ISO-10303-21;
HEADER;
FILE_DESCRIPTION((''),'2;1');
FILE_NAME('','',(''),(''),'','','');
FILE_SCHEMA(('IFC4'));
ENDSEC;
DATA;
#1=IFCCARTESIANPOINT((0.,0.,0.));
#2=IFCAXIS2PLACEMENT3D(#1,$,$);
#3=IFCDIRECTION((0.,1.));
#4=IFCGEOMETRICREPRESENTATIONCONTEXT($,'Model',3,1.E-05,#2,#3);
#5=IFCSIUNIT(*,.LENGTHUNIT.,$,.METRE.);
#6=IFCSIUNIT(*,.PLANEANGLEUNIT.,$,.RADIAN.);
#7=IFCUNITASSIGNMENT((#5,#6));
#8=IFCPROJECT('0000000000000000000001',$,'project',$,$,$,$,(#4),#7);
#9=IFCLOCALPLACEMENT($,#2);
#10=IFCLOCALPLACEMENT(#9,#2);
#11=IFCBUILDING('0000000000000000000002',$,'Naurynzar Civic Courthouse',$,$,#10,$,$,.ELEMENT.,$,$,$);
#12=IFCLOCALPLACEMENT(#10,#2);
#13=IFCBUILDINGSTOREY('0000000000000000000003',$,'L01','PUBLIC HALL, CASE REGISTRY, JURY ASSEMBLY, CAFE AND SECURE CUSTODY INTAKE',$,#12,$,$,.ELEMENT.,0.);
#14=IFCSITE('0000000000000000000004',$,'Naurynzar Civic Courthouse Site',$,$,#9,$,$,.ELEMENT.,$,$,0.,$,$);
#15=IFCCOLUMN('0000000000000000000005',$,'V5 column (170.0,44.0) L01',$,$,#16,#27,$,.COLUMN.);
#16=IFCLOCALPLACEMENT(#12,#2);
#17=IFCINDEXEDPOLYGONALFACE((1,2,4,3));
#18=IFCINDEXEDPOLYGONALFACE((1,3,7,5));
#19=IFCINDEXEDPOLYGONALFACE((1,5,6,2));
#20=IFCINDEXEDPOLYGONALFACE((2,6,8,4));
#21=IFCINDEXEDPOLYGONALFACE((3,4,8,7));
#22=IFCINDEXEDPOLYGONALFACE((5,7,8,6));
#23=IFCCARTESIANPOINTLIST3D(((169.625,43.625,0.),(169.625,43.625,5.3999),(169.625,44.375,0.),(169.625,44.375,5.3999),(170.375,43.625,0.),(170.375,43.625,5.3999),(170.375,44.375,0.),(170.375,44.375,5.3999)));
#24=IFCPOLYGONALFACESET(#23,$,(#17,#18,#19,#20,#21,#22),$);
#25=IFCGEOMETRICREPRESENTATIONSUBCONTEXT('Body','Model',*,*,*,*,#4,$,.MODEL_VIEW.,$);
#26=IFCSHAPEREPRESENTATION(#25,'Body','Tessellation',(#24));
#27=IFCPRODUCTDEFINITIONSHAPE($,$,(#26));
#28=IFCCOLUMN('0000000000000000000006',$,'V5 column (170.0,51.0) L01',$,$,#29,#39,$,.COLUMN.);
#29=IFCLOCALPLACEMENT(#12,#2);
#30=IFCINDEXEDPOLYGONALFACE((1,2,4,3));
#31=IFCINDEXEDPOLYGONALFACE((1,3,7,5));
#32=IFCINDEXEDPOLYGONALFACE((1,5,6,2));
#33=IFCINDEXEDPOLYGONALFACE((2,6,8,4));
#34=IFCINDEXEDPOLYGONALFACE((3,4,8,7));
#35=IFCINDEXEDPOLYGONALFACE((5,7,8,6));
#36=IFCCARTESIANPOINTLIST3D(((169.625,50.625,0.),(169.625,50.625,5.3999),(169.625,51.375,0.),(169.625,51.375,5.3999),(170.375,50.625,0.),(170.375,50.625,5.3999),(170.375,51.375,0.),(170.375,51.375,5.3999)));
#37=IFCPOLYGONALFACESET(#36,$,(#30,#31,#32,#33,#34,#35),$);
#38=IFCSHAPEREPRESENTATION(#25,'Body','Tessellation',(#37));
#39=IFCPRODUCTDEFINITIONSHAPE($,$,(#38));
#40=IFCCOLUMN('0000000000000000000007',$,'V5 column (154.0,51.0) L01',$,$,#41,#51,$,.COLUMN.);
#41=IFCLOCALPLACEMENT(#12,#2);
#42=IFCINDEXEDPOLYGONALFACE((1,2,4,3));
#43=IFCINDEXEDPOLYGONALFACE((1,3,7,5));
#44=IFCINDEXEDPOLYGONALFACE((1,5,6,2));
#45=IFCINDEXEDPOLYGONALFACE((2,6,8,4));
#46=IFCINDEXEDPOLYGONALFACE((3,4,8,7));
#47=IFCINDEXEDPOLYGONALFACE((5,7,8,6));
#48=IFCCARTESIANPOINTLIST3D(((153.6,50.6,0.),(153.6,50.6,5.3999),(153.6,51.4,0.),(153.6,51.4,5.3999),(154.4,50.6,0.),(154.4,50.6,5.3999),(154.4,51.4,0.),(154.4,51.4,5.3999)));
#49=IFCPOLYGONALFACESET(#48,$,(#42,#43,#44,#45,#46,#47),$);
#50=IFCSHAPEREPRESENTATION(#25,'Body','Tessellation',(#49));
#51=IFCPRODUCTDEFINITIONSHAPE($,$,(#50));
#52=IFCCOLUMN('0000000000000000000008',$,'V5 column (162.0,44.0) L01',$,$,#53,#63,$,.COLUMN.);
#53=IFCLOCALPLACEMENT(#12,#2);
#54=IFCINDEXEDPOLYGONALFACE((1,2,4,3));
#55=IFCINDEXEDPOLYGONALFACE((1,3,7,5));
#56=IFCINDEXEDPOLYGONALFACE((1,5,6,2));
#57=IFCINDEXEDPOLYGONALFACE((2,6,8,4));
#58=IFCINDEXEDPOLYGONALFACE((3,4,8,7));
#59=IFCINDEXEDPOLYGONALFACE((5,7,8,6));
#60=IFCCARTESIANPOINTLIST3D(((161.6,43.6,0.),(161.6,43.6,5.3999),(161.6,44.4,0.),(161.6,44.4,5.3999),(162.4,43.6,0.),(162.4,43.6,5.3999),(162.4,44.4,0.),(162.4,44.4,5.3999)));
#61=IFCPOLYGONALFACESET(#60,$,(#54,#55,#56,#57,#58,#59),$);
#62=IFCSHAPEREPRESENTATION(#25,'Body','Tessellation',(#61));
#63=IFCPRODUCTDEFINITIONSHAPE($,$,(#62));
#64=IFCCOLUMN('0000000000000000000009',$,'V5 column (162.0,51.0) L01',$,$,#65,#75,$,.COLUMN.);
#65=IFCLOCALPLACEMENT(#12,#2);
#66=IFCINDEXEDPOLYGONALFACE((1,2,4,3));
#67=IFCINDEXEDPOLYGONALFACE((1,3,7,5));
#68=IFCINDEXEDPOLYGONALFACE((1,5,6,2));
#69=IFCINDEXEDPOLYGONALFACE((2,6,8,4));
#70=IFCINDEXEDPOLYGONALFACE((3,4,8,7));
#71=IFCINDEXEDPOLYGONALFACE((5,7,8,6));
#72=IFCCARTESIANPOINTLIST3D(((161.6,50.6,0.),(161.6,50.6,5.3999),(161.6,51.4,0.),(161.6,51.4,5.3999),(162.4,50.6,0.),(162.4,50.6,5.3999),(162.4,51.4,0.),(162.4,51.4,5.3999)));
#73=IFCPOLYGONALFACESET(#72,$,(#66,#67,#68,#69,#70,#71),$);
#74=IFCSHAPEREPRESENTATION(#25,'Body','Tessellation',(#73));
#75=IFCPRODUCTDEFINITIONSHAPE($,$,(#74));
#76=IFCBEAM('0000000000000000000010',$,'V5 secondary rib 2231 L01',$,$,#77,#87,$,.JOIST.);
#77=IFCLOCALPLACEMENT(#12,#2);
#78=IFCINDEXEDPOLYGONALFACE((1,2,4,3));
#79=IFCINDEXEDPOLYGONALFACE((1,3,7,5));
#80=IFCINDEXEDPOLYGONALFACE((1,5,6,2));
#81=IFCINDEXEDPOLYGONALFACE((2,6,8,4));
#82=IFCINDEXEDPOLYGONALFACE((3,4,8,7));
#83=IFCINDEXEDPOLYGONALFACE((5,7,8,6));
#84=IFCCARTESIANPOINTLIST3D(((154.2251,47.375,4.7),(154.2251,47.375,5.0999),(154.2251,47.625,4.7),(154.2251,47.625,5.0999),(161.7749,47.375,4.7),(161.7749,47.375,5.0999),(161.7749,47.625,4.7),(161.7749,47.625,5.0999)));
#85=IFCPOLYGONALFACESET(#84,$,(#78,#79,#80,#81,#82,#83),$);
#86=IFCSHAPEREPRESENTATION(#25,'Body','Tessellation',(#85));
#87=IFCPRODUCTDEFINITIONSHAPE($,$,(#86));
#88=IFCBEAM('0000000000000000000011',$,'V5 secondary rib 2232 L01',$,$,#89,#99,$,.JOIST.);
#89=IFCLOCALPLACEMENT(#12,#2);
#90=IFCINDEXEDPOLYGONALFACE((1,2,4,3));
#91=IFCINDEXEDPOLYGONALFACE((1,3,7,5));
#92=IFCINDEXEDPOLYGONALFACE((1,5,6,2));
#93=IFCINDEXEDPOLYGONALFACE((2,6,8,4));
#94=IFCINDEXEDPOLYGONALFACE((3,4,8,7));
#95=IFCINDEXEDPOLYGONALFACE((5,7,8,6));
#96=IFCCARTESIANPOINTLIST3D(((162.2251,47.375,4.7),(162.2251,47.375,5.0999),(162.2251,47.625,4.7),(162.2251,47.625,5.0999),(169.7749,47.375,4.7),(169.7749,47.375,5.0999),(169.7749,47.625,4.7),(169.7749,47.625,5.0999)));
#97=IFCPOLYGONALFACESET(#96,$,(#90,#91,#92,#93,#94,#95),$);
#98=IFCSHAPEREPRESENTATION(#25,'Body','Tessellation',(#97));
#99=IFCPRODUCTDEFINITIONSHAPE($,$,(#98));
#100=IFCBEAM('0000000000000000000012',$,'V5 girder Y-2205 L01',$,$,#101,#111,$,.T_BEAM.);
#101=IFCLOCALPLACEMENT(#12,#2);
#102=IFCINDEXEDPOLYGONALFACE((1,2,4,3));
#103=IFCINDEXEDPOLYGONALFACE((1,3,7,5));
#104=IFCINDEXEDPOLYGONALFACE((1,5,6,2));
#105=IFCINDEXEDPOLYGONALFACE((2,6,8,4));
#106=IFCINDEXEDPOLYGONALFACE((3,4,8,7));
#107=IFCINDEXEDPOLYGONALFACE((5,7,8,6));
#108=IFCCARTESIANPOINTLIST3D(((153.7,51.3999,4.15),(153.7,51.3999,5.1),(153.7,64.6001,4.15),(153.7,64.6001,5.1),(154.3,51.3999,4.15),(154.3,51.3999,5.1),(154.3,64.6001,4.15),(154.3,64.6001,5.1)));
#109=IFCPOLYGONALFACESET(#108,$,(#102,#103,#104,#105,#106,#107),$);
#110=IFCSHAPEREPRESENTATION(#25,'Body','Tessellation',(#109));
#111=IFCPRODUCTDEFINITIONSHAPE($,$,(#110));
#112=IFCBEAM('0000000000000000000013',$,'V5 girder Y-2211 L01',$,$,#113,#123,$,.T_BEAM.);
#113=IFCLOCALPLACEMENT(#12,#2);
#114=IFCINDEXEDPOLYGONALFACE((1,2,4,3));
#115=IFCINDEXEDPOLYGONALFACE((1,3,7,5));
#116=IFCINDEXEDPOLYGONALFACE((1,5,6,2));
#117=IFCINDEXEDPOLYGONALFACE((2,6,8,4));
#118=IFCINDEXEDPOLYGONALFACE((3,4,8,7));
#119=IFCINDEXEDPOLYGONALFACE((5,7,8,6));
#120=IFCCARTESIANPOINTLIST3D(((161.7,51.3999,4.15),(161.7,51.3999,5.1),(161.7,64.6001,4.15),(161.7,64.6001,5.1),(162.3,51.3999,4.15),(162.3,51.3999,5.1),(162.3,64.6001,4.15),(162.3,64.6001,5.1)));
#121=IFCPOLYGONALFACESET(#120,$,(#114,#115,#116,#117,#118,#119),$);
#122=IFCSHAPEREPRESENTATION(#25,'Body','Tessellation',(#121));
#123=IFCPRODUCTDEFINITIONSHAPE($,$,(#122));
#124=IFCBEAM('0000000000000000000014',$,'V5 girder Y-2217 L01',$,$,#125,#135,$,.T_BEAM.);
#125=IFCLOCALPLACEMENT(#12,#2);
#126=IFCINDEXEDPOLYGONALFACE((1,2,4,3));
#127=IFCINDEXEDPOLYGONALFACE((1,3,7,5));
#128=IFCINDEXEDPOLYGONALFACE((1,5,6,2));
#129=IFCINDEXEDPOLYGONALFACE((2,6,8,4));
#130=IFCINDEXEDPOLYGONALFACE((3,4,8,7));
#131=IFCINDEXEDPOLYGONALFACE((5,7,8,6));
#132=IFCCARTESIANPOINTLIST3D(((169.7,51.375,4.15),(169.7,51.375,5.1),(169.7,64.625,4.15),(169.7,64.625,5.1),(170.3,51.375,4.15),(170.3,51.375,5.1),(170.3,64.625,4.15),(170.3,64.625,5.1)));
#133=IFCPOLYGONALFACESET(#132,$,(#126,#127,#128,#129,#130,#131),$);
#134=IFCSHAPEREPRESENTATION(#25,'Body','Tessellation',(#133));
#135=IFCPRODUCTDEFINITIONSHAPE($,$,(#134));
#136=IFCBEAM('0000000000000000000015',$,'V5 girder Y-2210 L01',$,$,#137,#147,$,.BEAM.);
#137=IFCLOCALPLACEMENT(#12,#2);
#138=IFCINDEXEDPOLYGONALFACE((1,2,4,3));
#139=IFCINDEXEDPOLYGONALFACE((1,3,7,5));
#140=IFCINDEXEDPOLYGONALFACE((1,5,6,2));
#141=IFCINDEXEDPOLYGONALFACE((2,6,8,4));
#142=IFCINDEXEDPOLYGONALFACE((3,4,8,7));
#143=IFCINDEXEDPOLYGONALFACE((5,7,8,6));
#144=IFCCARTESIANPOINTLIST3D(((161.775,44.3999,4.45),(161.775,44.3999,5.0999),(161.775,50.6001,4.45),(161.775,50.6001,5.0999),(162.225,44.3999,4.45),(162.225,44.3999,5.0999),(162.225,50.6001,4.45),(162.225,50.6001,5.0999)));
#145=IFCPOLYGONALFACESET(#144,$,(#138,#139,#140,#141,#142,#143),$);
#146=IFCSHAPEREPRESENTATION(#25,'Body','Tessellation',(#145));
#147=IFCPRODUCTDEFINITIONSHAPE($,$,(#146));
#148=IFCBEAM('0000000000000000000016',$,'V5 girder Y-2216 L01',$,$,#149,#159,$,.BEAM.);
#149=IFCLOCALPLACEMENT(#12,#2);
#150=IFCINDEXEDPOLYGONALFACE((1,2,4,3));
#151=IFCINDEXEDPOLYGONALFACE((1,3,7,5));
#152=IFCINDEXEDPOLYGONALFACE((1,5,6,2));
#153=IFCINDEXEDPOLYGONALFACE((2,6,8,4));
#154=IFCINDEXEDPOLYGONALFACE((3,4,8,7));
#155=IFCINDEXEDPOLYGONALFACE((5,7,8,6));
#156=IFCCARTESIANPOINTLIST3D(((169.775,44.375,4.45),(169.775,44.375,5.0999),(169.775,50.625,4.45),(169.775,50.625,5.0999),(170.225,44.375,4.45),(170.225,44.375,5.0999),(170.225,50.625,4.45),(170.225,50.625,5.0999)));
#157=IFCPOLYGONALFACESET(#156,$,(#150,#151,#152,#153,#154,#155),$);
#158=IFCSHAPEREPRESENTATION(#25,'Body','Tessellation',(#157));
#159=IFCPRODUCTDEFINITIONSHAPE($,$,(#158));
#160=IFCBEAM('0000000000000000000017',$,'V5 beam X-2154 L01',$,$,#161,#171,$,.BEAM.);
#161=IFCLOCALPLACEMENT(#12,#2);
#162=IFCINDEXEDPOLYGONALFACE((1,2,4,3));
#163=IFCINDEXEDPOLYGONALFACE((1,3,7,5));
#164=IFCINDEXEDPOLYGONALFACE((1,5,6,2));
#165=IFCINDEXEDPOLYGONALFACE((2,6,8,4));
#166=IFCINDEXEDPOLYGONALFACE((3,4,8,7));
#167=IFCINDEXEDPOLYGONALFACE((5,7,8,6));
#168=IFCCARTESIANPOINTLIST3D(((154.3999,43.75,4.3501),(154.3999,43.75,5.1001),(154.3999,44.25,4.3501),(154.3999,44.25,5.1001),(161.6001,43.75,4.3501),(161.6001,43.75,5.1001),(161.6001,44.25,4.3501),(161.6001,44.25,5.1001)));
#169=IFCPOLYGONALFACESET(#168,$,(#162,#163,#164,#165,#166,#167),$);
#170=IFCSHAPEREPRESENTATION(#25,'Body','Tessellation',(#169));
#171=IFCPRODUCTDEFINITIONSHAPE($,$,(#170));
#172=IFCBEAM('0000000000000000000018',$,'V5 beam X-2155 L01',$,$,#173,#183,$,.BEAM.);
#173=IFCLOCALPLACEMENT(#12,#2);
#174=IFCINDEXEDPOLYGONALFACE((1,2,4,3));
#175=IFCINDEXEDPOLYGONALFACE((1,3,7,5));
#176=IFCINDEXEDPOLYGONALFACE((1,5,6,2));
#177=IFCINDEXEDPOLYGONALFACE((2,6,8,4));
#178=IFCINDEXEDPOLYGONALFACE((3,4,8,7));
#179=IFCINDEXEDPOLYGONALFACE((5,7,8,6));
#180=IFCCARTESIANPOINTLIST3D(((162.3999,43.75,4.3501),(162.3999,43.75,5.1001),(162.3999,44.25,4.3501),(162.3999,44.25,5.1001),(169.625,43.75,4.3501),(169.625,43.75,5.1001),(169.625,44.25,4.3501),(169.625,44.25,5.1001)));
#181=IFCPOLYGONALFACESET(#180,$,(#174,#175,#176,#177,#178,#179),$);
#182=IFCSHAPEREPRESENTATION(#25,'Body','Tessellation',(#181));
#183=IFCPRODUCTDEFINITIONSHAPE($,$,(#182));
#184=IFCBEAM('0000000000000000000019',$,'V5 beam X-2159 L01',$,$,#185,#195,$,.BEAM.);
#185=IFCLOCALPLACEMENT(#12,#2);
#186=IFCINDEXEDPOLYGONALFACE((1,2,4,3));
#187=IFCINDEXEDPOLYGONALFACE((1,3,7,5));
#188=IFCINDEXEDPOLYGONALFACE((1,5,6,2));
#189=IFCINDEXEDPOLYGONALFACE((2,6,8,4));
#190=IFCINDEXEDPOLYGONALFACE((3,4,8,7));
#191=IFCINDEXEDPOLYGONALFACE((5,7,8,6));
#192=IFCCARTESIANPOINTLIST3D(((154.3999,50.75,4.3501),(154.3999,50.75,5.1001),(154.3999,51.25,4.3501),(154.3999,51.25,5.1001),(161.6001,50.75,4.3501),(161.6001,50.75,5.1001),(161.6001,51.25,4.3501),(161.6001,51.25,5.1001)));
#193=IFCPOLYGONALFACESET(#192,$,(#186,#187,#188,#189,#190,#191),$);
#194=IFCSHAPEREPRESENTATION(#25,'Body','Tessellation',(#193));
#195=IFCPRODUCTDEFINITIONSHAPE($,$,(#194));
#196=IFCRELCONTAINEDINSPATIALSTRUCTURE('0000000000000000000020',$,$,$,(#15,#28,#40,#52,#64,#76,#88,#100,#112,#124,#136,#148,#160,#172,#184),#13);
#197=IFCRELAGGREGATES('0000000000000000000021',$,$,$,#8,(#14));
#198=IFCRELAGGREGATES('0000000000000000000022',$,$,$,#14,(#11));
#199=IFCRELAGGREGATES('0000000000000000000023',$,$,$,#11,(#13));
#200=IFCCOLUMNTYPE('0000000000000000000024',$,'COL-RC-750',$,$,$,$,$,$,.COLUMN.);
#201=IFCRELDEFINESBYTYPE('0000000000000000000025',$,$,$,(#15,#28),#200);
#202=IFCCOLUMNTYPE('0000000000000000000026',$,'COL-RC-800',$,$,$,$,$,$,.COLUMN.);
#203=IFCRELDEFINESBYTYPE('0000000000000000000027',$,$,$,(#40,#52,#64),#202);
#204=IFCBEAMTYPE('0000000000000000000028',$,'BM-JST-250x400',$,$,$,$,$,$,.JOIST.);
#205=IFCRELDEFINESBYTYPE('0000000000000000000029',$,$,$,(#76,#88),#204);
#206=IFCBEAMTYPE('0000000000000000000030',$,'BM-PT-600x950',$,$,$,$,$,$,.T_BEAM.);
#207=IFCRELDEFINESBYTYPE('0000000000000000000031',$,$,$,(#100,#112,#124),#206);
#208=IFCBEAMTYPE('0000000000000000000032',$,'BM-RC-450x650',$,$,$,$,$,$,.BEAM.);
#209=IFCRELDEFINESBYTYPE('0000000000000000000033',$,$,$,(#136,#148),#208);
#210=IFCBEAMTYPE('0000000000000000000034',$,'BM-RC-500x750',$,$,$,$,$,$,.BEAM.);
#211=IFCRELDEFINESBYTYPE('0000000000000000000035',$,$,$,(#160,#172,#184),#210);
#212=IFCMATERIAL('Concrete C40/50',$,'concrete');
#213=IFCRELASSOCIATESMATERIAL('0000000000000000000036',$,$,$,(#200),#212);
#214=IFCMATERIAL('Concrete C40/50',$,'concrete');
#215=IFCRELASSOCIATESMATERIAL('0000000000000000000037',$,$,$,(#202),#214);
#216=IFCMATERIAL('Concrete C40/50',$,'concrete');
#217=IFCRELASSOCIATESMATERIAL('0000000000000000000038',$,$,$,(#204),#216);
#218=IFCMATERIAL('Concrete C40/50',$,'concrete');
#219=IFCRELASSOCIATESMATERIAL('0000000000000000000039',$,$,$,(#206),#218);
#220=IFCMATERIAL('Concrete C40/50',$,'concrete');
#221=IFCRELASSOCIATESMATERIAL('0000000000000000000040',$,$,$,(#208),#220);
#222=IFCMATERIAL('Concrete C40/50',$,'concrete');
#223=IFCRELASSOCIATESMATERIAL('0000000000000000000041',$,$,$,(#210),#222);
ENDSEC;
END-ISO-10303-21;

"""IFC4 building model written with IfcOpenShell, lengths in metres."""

from ifc_helpers import new_model, si_unit, direction, frame, origin, origin_2d, place, context, subcontext, project, spatial, rectangle, extrude, material, material_profile, profile_set, type_object, element, save


model = new_model("IFC4")

# Units and contexts
model_context = context("Model", 3, precision=1e-05, world=origin(), true_north=direction((0.0, 1.0)))
body_context = subcontext(model_context, "Body", "Model", "MODEL_VIEW")
ifc_project = project(units=[si_unit("LENGTHUNIT", "METRE"), si_unit("PLANEANGLEUNIT", "RADIAN")], contexts=[model_context])

# Site, building, storey
site_placement = place(None, origin())
site = spatial("IfcSite", under=ifc_project, at=site_placement, Name="Naurynzar Civic Courthouse Site", CompositionType="ELEMENT", RefElevation=0.0)
building_placement = place(site_placement, origin())
building = spatial("IfcBuilding", under=site, at=building_placement, Name="Naurynzar Civic Courthouse", CompositionType="ELEMENT")
storey_placement = place(building_placement, origin())
storey = spatial("IfcBuildingStorey", under=building, at=storey_placement, Name="L01", Description="PUBLIC HALL, CASE REGISTRY, JURY ASSEMBLY, CAFE AND SECURE CUSTODY INTAKE", CompositionType="ELEMENT", Elevation=0.0)

# Columns
ifc_material_1 = material(Name="Concrete C40/50", Category="concrete")
ifc_material_profile_1 = material_profile(ifc_material_1, rectangle(XDim=0.75, YDim=0.75, at=origin_2d()), Name="RC 750x750")
ifc_profile_set_1 = profile_set([ifc_material_profile_1], Name="Concrete C40/50")
column_type_1 = type_object("IfcColumnType", Name="COL-RC-750", PredefinedType="COLUMN", material=ifc_profile_set_1)
for number, where, z_axis, x_axis, name in (
    (1, (170.0, 44.0, 0.0), (0.0, 0.0, 1.0), (1.0, 0.0, 0.0), "V5 column (170.0,44.0) L01"),
    (2, (170.0, 51.0, 0.0), (0.0, 0.0, 1.0), (1.0, 0.0, 0.0), "V5 column (170.0,51.0) L01"),
):
    element("IfcColumn", number, at=place(storey_placement, frame(where, z_axis=z_axis, x_axis=x_axis)), inside=storey, type_object=column_type_1, Name=name, PredefinedType="COLUMN", context=body_context, shape_type="SweptSolid", body=[
        extrude(rectangle(XDim=0.75, YDim=0.75, at=origin_2d()), origin(), (0.0, 0.0, 1.0), 5.3999),
    ])
ifc_material_2 = material(Name="Concrete C40/50", Category="concrete")
ifc_material_profile_2 = material_profile(ifc_material_2, rectangle(XDim=0.8, YDim=0.8, at=origin_2d()), Name="RC 800x800")
ifc_profile_set_2 = profile_set([ifc_material_profile_2], Name="Concrete C40/50")
column_type_2 = type_object("IfcColumnType", Name="COL-RC-800", PredefinedType="COLUMN", material=ifc_profile_set_2)
for number, where, z_axis, x_axis, name in (
    (3, (154.0, 51.0, 0.0), (0.0, 0.0, 1.0), (1.0, 0.0, 0.0), "V5 column (154.0,51.0) L01"),
    (4, (162.0, 44.0, 0.0), (0.0, 0.0, 1.0), (1.0, 0.0, 0.0), "V5 column (162.0,44.0) L01"),
    (5, (162.0, 51.0, 0.0), (0.0, 0.0, 1.0), (1.0, 0.0, 0.0), "V5 column (162.0,51.0) L01"),
):
    element("IfcColumn", number, at=place(storey_placement, frame(where, z_axis=z_axis, x_axis=x_axis)), inside=storey, type_object=column_type_2, Name=name, PredefinedType="COLUMN", context=body_context, shape_type="SweptSolid", body=[
        extrude(rectangle(XDim=0.8, YDim=0.8, at=origin_2d()), origin(), (0.0, 0.0, 1.0), 5.3999),
    ])

# Beams
ifc_material_3 = material(Name="Concrete C40/50", Category="concrete")
ifc_material_profile_3 = material_profile(ifc_material_3, rectangle(XDim=0.25, YDim=0.3999, at=origin_2d()), Name="RCB 250x400")
ifc_profile_set_3 = profile_set([ifc_material_profile_3], Name="Concrete C40/50")
beam_type_1 = type_object("IfcBeamType", Name="BM-JST-250x400", PredefinedType="JOIST", material=ifc_profile_set_3)
for number, where, z_axis, x_axis, name in (
    (6, (154.2251, 47.5, 4.8999), (1.0, 0.0, 0.0), (0.0, 1.0, 0.0), "V5 secondary rib 2231 L01"),
    (7, (162.2251, 47.5, 4.8999), (1.0, 0.0, 0.0), (0.0, 1.0, 0.0), "V5 secondary rib 2232 L01"),
):
    element("IfcBeam", number, at=place(storey_placement, frame(where, z_axis=z_axis, x_axis=x_axis)), inside=storey, type_object=beam_type_1, Name=name, PredefinedType="JOIST", context=body_context, shape_type="SweptSolid", body=[
        extrude(rectangle(XDim=0.25, YDim=0.3999, at=origin_2d()), origin(), (0.0, 0.0, 1.0), 7.5498),
    ])
ifc_material_4 = material(Name="Concrete C40/50", Category="concrete")
ifc_material_profile_4 = material_profile(ifc_material_4, rectangle(XDim=0.6001, YDim=0.95, at=origin_2d()), Name="PTB 600x950")
ifc_profile_set_4 = profile_set([ifc_material_profile_4], Name="Concrete C40/50")
beam_type_2 = type_object("IfcBeamType", Name="BM-PT-600x950", PredefinedType="T_BEAM", material=ifc_profile_set_4)
for number, where, z_axis, x_axis, name in (
    (8, (154.0, 51.3999, 4.625), (0.0, 1.0, 0.0), (-1.0, 0.0, 0.0), "V5 girder Y-2205 L01"),
    (9, (162.0, 51.3999, 4.625), (0.0, 1.0, 0.0), (-1.0, 0.0, 0.0), "V5 girder Y-2211 L01"),
):
    element("IfcBeam", number, at=place(storey_placement, frame(where, z_axis=z_axis, x_axis=x_axis)), inside=storey, type_object=beam_type_2, Name=name, PredefinedType="T_BEAM", context=body_context, shape_type="SweptSolid", body=[
        extrude(rectangle(XDim=0.6001, YDim=0.95, at=origin_2d()), origin(), (0.0, 0.0, 1.0), 13.2002),
    ])
beam_1_placement = place(storey_placement, frame((170.0, 51.375, 4.625), z_axis=(0.0, 1.0, 0.0), x_axis=(-1.0, 0.0, 0.0)))
element("IfcBeam", 10, at=beam_1_placement, inside=storey, type_object=beam_type_2, Name="V5 girder Y-2217 L01", PredefinedType="T_BEAM", context=body_context, shape_type="SweptSolid", body=[
    extrude(rectangle(XDim=0.6001, YDim=0.95, at=origin_2d()), origin(), (0.0, 0.0, 1.0), 13.25),
])
ifc_material_5 = material(Name="Concrete C40/50", Category="concrete")
ifc_material_profile_5 = material_profile(ifc_material_5, rectangle(XDim=0.45, YDim=0.6499, at=origin_2d()), Name="RCB 450x650")
ifc_profile_set_5 = profile_set([ifc_material_profile_5], Name="Concrete C40/50")
beam_type_3 = type_object("IfcBeamType", Name="BM-RC-450x650", PredefinedType="BEAM", material=ifc_profile_set_5)
beam_2_placement = place(storey_placement, frame((162.0, 44.3999, 4.7749), z_axis=(0.0, 1.0, 0.0), x_axis=(-1.0, 0.0, 0.0)))
element("IfcBeam", 11, at=beam_2_placement, inside=storey, type_object=beam_type_3, Name="V5 girder Y-2210 L01", PredefinedType="BEAM", context=body_context, shape_type="SweptSolid", body=[
    extrude(rectangle(XDim=0.45, YDim=0.6499, at=origin_2d()), origin(), (0.0, 0.0, 1.0), 6.2002),
])
beam_3_placement = place(storey_placement, frame((170.0, 44.375, 4.7749), z_axis=(0.0, 1.0, 0.0), x_axis=(-1.0, 0.0, 0.0)))
element("IfcBeam", 12, at=beam_3_placement, inside=storey, type_object=beam_type_3, Name="V5 girder Y-2216 L01", PredefinedType="BEAM", context=body_context, shape_type="SweptSolid", body=[
    extrude(rectangle(XDim=0.45, YDim=0.6499, at=origin_2d()), origin(), (0.0, 0.0, 1.0), 6.25),
])
ifc_material_6 = material(Name="Concrete C40/50", Category="concrete")
ifc_material_profile_6 = material_profile(ifc_material_6, rectangle(XDim=0.5, YDim=0.75, at=origin_2d()), Name="RCB 500x750")
ifc_profile_set_6 = profile_set([ifc_material_profile_6], Name="Concrete C40/50")
beam_type_4 = type_object("IfcBeamType", Name="BM-RC-500x750", PredefinedType="BEAM", material=ifc_profile_set_6)
beam_4_placement = place(storey_placement, frame((154.3999, 44.0, 4.7251), z_axis=(1.0, 0.0, 0.0), x_axis=(0.0, 1.0, 0.0)))
element("IfcBeam", 13, at=beam_4_placement, inside=storey, type_object=beam_type_4, Name="V5 beam X-2154 L01", PredefinedType="BEAM", context=body_context, shape_type="SweptSolid", body=[
    extrude(rectangle(XDim=0.5, YDim=0.75, at=origin_2d()), origin(), (0.0, 0.0, 1.0), 7.2002),
])
beam_5_placement = place(storey_placement, frame((162.3999, 44.0, 4.7251), z_axis=(1.0, 0.0, 0.0), x_axis=(0.0, 1.0, 0.0)))
element("IfcBeam", 14, at=beam_5_placement, inside=storey, type_object=beam_type_4, Name="V5 beam X-2155 L01", PredefinedType="BEAM", context=body_context, shape_type="SweptSolid", body=[
    extrude(rectangle(XDim=0.5, YDim=0.75, at=origin_2d()), origin(), (0.0, 0.0, 1.0), 7.2251),
])
beam_6_placement = place(storey_placement, frame((154.3999, 51.0, 4.7251), z_axis=(1.0, 0.0, 0.0), x_axis=(0.0, 1.0, 0.0)))
element("IfcBeam", 15, at=beam_6_placement, inside=storey, type_object=beam_type_4, Name="V5 beam X-2159 L01", PredefinedType="BEAM", context=body_context, shape_type="SweptSolid", body=[
    extrude(rectangle(XDim=0.5, YDim=0.75, at=origin_2d()), origin(), (0.0, 0.0, 1.0), 7.2002),
])

save(model, "model.ifc")
